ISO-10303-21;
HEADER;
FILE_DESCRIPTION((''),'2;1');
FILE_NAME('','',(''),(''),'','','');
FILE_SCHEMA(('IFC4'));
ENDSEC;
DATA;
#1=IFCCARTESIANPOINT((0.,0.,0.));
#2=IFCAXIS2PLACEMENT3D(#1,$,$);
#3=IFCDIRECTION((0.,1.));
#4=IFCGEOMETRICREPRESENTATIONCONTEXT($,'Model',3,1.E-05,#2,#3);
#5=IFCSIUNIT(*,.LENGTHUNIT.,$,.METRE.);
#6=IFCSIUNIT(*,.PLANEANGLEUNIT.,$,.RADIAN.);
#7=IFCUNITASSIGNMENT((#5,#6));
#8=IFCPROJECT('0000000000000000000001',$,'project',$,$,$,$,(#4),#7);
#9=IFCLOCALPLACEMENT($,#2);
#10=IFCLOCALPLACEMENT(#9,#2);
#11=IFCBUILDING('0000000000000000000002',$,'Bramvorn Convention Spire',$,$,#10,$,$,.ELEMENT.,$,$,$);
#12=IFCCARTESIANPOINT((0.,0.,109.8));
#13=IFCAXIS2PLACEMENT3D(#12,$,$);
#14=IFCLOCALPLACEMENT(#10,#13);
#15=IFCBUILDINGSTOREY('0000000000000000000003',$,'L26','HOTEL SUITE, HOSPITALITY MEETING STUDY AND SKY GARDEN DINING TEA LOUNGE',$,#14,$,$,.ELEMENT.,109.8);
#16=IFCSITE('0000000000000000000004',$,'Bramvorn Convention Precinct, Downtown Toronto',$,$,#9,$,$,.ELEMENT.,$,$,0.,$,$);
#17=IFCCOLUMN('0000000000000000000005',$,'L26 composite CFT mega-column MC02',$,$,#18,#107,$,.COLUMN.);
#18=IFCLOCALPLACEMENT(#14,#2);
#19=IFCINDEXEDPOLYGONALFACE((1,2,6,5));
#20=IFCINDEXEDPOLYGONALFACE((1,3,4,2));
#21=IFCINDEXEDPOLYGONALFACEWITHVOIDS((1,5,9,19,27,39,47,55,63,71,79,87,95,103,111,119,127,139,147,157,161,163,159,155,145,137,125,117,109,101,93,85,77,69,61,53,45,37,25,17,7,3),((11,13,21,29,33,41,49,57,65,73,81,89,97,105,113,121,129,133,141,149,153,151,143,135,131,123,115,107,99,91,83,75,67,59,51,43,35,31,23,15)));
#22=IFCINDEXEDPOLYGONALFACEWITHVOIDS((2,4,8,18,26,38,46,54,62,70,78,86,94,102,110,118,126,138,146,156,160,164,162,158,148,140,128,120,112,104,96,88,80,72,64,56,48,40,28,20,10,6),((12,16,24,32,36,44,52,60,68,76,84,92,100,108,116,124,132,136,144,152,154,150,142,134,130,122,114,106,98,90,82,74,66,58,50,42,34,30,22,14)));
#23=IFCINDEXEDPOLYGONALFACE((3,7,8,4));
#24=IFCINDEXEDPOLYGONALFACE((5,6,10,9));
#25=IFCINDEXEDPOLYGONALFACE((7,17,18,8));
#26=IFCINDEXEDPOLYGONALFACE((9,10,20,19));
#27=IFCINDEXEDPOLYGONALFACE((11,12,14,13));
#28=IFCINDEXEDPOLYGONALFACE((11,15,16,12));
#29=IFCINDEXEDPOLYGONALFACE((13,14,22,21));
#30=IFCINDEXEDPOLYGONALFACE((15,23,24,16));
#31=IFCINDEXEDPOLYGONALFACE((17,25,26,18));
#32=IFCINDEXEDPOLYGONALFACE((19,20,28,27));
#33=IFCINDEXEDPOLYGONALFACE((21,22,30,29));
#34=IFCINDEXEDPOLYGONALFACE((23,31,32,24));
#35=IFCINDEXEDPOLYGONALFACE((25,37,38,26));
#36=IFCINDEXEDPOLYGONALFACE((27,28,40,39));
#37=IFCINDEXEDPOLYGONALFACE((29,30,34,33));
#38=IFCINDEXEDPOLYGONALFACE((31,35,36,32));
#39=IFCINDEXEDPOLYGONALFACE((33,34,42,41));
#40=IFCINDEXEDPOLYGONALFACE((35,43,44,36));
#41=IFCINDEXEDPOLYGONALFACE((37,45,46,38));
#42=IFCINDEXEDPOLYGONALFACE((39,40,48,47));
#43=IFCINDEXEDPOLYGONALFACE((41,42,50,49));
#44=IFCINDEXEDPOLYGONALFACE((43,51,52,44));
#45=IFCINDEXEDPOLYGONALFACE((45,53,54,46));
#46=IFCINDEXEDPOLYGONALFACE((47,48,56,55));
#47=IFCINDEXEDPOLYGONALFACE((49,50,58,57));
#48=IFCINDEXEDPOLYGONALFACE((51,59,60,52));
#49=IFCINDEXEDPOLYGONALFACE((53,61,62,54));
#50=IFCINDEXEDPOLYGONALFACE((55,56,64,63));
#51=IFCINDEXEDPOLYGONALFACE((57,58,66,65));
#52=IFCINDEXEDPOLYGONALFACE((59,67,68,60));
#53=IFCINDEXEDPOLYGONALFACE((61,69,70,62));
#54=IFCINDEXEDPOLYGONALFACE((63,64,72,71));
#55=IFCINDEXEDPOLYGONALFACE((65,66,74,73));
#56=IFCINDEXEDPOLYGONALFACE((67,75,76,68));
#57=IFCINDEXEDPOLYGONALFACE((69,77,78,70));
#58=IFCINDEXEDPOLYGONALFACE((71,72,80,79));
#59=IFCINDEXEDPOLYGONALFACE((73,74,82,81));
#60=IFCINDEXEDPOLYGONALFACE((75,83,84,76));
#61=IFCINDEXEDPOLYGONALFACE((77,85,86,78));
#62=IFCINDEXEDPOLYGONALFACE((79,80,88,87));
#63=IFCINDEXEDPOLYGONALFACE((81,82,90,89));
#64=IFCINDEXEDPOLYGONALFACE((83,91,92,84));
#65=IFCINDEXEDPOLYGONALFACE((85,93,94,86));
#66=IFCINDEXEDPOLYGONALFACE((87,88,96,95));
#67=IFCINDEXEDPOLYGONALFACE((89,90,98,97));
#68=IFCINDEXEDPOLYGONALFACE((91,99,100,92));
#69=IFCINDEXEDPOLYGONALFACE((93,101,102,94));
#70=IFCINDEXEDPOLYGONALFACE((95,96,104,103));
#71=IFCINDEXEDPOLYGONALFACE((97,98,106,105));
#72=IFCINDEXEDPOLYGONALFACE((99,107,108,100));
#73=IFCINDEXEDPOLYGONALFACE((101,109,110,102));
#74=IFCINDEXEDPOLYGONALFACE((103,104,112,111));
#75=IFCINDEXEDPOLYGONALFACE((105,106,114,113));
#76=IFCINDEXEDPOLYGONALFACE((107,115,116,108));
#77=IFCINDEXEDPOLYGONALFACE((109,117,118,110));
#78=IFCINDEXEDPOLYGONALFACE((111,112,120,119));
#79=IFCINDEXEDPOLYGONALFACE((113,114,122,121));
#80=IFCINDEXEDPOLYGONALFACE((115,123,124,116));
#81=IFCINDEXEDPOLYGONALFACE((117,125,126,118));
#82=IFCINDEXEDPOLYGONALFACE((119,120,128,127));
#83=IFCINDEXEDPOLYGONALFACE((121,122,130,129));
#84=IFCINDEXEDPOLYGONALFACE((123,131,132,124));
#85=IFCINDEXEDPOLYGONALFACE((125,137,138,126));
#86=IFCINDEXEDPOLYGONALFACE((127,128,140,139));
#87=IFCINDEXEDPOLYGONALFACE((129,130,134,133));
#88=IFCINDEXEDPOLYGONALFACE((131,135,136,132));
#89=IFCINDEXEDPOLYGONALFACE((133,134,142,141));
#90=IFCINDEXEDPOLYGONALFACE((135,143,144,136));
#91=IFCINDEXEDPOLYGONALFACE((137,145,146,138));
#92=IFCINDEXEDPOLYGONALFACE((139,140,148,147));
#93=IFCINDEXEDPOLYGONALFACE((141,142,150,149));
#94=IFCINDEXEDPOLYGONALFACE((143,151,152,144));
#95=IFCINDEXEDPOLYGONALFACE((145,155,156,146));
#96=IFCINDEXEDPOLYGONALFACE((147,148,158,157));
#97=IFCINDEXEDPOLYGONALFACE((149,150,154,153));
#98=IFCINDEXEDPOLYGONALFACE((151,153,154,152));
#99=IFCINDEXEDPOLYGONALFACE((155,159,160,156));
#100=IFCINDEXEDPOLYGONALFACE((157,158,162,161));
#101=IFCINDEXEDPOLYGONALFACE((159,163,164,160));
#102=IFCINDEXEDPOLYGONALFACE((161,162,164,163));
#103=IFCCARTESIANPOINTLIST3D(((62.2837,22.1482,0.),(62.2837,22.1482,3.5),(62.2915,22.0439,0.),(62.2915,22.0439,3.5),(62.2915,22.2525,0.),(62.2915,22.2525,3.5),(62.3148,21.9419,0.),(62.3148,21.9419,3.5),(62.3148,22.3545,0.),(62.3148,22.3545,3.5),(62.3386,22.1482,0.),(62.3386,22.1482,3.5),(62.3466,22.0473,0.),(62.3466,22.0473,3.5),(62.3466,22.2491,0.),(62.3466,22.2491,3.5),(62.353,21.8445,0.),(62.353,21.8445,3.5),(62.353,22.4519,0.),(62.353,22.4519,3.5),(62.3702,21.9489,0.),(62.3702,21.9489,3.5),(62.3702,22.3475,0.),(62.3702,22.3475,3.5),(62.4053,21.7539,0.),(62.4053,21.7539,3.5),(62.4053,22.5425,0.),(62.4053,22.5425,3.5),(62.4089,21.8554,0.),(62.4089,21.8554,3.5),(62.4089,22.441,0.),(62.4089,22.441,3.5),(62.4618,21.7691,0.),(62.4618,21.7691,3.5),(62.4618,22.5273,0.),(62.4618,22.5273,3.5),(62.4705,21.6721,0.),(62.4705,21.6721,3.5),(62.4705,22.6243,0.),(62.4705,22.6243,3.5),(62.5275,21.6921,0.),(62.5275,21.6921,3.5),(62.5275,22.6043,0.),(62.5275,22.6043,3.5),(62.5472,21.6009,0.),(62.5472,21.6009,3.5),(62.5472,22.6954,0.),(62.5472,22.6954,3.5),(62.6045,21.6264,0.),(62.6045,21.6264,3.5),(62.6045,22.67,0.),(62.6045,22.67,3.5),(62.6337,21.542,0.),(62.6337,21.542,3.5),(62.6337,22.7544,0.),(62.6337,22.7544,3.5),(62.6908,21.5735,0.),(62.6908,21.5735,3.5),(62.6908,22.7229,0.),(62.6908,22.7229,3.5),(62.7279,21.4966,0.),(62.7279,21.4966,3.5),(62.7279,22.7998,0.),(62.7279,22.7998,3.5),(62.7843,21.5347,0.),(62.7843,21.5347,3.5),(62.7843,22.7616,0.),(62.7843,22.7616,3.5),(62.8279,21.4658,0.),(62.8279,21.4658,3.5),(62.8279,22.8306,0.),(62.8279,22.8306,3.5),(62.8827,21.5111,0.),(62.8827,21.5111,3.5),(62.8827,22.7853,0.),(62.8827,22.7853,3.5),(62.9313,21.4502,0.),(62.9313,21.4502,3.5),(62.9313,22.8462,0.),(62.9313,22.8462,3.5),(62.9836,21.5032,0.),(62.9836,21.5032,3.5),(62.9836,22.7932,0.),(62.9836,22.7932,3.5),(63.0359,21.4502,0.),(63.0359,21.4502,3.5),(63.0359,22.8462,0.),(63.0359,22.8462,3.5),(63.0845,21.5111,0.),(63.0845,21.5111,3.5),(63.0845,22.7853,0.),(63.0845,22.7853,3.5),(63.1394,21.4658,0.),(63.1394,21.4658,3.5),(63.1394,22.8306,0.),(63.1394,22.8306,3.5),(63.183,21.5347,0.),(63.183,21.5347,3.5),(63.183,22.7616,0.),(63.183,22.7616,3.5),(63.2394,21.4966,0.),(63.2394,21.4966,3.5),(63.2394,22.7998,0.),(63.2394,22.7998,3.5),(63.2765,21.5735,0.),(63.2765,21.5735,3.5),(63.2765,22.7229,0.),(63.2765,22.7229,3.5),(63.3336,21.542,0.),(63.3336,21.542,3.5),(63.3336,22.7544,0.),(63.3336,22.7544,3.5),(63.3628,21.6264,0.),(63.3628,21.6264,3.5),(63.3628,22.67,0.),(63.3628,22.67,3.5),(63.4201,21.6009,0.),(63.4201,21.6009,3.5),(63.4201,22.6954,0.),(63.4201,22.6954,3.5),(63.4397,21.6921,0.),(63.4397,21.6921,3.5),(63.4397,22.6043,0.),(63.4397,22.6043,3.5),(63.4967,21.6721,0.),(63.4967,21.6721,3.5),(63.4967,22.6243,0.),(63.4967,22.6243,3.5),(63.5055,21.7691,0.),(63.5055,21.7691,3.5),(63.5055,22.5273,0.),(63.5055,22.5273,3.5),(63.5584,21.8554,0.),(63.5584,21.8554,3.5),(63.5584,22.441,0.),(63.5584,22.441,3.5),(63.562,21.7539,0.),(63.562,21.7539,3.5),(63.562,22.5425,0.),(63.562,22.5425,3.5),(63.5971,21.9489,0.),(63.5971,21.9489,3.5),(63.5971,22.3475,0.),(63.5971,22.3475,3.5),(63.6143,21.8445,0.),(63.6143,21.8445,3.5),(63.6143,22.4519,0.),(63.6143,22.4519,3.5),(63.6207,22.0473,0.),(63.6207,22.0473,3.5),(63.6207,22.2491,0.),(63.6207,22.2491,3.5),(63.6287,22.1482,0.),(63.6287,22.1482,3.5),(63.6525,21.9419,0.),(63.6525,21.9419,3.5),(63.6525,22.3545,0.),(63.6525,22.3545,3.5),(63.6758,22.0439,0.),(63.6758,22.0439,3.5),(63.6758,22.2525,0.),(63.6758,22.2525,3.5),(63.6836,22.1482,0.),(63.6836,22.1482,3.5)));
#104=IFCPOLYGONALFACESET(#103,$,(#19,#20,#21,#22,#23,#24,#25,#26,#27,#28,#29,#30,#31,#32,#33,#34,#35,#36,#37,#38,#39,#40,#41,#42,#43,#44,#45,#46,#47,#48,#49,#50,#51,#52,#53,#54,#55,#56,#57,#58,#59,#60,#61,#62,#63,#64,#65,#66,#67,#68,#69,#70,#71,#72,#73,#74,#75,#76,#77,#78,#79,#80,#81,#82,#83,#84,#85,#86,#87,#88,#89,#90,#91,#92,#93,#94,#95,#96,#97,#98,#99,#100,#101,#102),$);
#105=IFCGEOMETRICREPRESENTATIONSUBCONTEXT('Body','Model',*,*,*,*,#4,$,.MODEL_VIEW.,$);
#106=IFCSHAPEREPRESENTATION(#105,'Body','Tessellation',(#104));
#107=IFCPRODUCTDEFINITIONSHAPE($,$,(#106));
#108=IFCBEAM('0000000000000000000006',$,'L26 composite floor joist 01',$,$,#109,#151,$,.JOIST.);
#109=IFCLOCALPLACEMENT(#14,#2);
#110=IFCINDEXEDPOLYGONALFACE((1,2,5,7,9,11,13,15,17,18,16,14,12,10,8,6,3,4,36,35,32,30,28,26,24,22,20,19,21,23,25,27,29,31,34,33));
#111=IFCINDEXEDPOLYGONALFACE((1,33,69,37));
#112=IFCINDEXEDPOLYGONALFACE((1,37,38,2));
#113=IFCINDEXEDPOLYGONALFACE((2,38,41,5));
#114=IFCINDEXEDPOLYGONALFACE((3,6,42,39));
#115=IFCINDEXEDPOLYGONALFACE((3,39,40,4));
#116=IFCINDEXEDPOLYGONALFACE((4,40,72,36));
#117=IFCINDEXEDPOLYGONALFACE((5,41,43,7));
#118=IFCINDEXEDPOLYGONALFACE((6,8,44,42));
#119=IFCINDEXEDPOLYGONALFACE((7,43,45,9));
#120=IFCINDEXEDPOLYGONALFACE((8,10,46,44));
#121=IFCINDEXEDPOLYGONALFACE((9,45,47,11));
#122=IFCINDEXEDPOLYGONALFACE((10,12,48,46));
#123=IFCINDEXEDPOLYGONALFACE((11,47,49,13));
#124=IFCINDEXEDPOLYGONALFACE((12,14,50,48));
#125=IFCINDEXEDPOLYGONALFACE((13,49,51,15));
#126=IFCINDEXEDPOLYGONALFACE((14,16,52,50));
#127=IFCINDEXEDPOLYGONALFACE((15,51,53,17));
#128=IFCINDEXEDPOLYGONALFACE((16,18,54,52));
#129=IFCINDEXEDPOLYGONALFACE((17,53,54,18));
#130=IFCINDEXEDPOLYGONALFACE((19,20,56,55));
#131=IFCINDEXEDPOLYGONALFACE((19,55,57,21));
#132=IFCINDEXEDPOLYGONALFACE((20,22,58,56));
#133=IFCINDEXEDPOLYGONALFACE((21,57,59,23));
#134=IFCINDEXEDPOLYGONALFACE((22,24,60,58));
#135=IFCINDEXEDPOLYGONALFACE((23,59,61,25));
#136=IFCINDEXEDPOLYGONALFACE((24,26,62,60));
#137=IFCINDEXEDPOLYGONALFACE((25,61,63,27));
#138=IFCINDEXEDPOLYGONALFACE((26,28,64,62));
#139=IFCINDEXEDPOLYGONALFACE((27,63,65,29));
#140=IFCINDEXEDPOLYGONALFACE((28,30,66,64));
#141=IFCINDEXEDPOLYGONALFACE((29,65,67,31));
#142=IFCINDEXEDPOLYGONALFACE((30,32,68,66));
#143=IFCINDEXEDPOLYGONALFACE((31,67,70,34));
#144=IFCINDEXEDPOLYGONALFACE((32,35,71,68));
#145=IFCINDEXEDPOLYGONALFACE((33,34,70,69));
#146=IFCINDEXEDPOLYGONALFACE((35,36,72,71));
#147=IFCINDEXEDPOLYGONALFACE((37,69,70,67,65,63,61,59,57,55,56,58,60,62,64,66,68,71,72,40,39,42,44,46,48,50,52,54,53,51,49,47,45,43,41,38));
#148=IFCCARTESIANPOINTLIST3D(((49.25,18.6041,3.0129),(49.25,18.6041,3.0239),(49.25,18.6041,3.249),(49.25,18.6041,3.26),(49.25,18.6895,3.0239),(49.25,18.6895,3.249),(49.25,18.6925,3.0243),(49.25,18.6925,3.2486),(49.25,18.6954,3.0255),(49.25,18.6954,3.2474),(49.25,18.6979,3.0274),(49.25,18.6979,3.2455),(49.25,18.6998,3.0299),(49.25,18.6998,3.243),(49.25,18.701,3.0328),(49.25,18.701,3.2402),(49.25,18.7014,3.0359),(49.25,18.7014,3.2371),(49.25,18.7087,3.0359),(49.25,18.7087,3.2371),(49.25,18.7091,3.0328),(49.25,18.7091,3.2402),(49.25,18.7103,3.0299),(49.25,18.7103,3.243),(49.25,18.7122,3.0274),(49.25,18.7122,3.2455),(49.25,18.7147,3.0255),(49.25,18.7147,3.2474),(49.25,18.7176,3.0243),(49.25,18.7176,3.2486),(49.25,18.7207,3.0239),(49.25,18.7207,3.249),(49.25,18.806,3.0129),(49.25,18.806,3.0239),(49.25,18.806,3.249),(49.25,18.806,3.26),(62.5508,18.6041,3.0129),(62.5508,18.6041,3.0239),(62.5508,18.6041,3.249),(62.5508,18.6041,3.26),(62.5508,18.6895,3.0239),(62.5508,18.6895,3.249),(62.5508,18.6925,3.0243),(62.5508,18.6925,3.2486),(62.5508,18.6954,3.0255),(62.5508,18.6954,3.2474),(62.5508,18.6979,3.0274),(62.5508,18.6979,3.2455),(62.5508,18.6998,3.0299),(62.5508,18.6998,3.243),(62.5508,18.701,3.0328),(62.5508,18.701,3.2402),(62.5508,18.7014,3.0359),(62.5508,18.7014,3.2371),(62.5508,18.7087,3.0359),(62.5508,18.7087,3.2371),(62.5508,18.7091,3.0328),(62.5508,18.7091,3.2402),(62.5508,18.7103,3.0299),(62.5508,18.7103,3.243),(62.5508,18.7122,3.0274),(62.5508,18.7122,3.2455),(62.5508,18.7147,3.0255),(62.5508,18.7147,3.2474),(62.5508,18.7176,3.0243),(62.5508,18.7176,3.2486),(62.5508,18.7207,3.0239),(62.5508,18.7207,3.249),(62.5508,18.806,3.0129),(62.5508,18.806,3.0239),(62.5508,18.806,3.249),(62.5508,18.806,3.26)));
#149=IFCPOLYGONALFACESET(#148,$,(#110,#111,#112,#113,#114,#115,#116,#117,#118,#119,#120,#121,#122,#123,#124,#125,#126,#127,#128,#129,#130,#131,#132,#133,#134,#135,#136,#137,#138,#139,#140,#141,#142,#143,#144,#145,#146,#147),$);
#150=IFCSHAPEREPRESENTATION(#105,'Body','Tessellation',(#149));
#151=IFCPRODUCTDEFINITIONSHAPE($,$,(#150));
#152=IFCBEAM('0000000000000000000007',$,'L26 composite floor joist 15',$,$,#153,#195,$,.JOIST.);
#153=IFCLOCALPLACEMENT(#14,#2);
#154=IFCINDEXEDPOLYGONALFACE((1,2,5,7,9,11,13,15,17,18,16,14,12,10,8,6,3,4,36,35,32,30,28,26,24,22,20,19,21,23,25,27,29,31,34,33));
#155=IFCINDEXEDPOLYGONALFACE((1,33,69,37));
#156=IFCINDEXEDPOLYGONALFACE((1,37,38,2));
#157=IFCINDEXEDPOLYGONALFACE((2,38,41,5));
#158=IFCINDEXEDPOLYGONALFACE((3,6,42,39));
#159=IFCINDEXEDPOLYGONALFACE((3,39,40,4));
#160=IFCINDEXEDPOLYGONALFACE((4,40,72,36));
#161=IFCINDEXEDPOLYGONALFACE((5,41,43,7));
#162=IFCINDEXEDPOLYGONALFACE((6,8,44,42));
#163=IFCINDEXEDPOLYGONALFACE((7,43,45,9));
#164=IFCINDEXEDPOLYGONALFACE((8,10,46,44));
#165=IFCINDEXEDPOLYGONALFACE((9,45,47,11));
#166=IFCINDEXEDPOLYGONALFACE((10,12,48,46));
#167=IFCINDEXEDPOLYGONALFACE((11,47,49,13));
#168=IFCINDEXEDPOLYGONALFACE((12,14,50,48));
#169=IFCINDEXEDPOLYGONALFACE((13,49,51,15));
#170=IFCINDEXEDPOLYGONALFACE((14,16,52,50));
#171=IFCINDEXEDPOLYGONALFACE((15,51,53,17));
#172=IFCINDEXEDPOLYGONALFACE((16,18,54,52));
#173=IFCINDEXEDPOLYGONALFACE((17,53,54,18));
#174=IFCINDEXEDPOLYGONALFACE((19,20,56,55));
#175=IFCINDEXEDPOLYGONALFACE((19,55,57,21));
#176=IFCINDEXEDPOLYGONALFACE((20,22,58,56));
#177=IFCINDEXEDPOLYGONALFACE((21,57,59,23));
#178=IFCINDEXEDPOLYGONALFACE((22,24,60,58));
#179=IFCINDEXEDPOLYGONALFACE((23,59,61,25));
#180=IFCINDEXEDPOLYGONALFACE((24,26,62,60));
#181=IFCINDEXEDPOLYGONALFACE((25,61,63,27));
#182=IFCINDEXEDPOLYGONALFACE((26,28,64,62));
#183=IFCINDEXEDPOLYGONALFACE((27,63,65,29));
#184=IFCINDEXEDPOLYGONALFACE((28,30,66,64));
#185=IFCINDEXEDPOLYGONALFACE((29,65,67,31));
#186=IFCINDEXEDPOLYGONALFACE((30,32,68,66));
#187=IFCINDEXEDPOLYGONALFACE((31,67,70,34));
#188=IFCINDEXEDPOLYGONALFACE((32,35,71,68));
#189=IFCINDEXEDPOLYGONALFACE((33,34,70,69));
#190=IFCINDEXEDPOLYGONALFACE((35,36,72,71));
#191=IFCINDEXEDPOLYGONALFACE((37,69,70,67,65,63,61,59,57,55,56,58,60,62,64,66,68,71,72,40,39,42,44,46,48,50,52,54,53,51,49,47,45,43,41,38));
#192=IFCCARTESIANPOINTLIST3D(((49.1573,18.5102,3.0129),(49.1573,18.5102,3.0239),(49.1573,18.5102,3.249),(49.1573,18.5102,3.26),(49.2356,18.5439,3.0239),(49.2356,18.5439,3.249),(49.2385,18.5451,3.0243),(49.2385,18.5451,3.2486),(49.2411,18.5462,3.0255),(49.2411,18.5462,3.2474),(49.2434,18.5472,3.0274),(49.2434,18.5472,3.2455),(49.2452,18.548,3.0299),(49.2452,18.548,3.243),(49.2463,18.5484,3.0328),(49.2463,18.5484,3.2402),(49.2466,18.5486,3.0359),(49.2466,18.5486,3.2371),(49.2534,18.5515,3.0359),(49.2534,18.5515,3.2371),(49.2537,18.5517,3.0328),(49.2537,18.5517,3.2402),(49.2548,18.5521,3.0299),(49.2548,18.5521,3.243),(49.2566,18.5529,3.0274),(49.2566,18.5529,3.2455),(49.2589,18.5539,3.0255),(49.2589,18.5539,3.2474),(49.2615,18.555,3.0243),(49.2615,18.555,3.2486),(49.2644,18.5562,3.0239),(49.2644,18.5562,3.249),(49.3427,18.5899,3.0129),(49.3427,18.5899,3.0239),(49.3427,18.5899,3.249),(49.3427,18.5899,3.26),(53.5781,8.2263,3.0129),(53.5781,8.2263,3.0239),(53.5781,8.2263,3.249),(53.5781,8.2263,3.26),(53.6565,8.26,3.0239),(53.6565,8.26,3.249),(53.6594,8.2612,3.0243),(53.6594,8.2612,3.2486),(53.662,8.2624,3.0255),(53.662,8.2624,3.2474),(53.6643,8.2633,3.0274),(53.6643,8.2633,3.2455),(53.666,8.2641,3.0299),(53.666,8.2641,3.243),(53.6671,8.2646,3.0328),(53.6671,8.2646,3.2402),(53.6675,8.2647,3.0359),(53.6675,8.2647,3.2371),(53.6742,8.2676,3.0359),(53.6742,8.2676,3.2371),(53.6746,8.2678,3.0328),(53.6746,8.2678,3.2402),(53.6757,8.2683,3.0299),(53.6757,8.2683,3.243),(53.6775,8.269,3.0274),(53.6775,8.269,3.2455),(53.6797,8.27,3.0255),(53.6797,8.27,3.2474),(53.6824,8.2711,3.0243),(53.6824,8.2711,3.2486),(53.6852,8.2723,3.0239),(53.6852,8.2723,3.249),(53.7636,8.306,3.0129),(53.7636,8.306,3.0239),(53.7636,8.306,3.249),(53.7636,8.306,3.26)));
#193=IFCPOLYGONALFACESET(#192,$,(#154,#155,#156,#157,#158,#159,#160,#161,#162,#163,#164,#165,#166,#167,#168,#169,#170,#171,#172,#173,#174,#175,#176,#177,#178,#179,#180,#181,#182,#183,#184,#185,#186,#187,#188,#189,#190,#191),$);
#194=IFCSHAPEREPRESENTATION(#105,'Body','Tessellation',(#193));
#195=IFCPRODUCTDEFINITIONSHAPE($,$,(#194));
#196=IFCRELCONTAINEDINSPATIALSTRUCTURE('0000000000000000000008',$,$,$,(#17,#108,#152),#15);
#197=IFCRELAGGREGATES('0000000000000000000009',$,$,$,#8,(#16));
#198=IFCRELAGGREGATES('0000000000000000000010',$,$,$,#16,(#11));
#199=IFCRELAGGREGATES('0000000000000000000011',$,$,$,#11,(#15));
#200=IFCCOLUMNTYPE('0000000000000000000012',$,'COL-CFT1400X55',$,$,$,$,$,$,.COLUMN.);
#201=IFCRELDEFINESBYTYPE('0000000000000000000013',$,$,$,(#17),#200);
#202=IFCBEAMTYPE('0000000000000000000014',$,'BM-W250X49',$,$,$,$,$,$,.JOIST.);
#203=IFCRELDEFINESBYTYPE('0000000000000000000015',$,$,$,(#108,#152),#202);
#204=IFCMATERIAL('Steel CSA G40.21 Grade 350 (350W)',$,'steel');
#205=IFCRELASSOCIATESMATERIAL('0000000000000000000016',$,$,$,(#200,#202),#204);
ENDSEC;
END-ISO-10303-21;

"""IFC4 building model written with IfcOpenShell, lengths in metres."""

from ifc_helpers import new_model, si_unit, direction, frame, origin, origin_2d, place, context, subcontext, project, spatial, hollow_circle, i_section, extrude, material, material_profile, profile_set, type_object, element, save


model = new_model("IFC4")

# Units and contexts
model_context = context("Model", 3, precision=1e-05, world=origin(), true_north=direction((0.0, 1.0)))
body_context = subcontext(model_context, "Body", "Model", "MODEL_VIEW")
ifc_project = project(units=[si_unit("LENGTHUNIT", "METRE"), si_unit("PLANEANGLEUNIT", "RADIAN")], contexts=[model_context])

# Site, building, storey
site_placement = place(None, origin())
site = spatial("IfcSite", under=ifc_project, at=site_placement, Name="Bramvorn Convention Precinct, Downtown Toronto", CompositionType="ELEMENT", RefElevation=0.0)
building_placement = place(site_placement, origin())
building = spatial("IfcBuilding", under=site, at=building_placement, Name="Bramvorn Convention Spire", CompositionType="ELEMENT")
storey_placement = place(building_placement, frame((0.0, 0.0, 109.8)))
storey = spatial("IfcBuildingStorey", under=building, at=storey_placement, Name="L26", Description="HOTEL SUITE, HOSPITALITY MEETING STUDY AND SKY GARDEN DINING TEA LOUNGE", CompositionType="ELEMENT", Elevation=109.8)

# Column
ifc_material_1 = material(Name="Steel CSA G40.21 Grade 350 (350W)", Category="steel")
ifc_material_profile_1 = material_profile(ifc_material_1, hollow_circle(Radius=0.7, WallThickness=0.0549, at=origin_2d()))
ifc_profile_set_1 = profile_set([ifc_material_profile_1], Name="Steel CSA G40.21 Grade 350 (350W) - CFT1400X55")
column_type = type_object("IfcColumnType", Name="COL-CFT1400X55", PredefinedType="COLUMN", material=ifc_profile_set_1)
column_placement = place(storey_placement, frame((62.9836, 22.1482, 0.0), z_axis=(0.0, 0.0, 1.0), x_axis=(1.0, 0.0, 0.0)))
element("IfcColumn", 1, at=column_placement, inside=storey, type_object=column_type, Name="L26 composite CFT mega-column MC02", PredefinedType="COLUMN", context=body_context, shape_type="SweptSolid", body=[
    extrude(hollow_circle(Radius=0.7, WallThickness=0.0549, at=origin_2d()), origin(), (0.0, 0.0, 1.0), 3.5),
])

# Beams
ifc_material_profile_2 = material_profile(ifc_material_1, i_section(OverallWidth=0.2019, OverallDepth=0.2471, WebThickness=0.0073, FlangeThickness=0.011, FilletRadius=0.012, at=origin_2d()))
ifc_profile_set_2 = profile_set([ifc_material_profile_2], Name="Steel CSA G40.21 Grade 350 (350W) - W250X49")
beam_type_1 = type_object("IfcBeamType", Name="BM-W250X49", PredefinedType="JOIST", material=ifc_profile_set_2)
beam_1_placement = place(storey_placement, frame((49.25, 18.7051, 3.1365), z_axis=(1.0, 0.0, 0.0), x_axis=(0.0, 1.0, 0.0)))
element("IfcBeam", 2, at=beam_1_placement, inside=storey, type_object=beam_type_1, Name="L26 composite floor joist 01", PredefinedType="JOIST", context=body_context, shape_type="SweptSolid", body=[
    extrude(i_section(OverallWidth=0.2019, OverallDepth=0.2471, WebThickness=0.0073, FlangeThickness=0.011, FilletRadius=0.012, at=origin_2d()), origin(), (0.0, 0.0, 1.0), 13.3008),
])
beam_2_placement = place(storey_placement, frame((49.25, 18.55, 3.1365), z_axis=(0.394938, -0.918708, 0.0), x_axis=(0.918708, 0.394938, 0.0)))
element("IfcBeam", 3, at=beam_2_placement, inside=storey, type_object=beam_type_1, Name="L26 composite floor joist 15", PredefinedType="JOIST", context=body_context, shape_type="SweptSolid", body=[
    extrude(i_section(OverallWidth=0.2019, OverallDepth=0.2471, WebThickness=0.0073, FlangeThickness=0.011, FilletRadius=0.012, at=origin_2d()), origin(), (0.0, 0.0, 1.0), 11.1938),
])

save(model, "model.ifc")
